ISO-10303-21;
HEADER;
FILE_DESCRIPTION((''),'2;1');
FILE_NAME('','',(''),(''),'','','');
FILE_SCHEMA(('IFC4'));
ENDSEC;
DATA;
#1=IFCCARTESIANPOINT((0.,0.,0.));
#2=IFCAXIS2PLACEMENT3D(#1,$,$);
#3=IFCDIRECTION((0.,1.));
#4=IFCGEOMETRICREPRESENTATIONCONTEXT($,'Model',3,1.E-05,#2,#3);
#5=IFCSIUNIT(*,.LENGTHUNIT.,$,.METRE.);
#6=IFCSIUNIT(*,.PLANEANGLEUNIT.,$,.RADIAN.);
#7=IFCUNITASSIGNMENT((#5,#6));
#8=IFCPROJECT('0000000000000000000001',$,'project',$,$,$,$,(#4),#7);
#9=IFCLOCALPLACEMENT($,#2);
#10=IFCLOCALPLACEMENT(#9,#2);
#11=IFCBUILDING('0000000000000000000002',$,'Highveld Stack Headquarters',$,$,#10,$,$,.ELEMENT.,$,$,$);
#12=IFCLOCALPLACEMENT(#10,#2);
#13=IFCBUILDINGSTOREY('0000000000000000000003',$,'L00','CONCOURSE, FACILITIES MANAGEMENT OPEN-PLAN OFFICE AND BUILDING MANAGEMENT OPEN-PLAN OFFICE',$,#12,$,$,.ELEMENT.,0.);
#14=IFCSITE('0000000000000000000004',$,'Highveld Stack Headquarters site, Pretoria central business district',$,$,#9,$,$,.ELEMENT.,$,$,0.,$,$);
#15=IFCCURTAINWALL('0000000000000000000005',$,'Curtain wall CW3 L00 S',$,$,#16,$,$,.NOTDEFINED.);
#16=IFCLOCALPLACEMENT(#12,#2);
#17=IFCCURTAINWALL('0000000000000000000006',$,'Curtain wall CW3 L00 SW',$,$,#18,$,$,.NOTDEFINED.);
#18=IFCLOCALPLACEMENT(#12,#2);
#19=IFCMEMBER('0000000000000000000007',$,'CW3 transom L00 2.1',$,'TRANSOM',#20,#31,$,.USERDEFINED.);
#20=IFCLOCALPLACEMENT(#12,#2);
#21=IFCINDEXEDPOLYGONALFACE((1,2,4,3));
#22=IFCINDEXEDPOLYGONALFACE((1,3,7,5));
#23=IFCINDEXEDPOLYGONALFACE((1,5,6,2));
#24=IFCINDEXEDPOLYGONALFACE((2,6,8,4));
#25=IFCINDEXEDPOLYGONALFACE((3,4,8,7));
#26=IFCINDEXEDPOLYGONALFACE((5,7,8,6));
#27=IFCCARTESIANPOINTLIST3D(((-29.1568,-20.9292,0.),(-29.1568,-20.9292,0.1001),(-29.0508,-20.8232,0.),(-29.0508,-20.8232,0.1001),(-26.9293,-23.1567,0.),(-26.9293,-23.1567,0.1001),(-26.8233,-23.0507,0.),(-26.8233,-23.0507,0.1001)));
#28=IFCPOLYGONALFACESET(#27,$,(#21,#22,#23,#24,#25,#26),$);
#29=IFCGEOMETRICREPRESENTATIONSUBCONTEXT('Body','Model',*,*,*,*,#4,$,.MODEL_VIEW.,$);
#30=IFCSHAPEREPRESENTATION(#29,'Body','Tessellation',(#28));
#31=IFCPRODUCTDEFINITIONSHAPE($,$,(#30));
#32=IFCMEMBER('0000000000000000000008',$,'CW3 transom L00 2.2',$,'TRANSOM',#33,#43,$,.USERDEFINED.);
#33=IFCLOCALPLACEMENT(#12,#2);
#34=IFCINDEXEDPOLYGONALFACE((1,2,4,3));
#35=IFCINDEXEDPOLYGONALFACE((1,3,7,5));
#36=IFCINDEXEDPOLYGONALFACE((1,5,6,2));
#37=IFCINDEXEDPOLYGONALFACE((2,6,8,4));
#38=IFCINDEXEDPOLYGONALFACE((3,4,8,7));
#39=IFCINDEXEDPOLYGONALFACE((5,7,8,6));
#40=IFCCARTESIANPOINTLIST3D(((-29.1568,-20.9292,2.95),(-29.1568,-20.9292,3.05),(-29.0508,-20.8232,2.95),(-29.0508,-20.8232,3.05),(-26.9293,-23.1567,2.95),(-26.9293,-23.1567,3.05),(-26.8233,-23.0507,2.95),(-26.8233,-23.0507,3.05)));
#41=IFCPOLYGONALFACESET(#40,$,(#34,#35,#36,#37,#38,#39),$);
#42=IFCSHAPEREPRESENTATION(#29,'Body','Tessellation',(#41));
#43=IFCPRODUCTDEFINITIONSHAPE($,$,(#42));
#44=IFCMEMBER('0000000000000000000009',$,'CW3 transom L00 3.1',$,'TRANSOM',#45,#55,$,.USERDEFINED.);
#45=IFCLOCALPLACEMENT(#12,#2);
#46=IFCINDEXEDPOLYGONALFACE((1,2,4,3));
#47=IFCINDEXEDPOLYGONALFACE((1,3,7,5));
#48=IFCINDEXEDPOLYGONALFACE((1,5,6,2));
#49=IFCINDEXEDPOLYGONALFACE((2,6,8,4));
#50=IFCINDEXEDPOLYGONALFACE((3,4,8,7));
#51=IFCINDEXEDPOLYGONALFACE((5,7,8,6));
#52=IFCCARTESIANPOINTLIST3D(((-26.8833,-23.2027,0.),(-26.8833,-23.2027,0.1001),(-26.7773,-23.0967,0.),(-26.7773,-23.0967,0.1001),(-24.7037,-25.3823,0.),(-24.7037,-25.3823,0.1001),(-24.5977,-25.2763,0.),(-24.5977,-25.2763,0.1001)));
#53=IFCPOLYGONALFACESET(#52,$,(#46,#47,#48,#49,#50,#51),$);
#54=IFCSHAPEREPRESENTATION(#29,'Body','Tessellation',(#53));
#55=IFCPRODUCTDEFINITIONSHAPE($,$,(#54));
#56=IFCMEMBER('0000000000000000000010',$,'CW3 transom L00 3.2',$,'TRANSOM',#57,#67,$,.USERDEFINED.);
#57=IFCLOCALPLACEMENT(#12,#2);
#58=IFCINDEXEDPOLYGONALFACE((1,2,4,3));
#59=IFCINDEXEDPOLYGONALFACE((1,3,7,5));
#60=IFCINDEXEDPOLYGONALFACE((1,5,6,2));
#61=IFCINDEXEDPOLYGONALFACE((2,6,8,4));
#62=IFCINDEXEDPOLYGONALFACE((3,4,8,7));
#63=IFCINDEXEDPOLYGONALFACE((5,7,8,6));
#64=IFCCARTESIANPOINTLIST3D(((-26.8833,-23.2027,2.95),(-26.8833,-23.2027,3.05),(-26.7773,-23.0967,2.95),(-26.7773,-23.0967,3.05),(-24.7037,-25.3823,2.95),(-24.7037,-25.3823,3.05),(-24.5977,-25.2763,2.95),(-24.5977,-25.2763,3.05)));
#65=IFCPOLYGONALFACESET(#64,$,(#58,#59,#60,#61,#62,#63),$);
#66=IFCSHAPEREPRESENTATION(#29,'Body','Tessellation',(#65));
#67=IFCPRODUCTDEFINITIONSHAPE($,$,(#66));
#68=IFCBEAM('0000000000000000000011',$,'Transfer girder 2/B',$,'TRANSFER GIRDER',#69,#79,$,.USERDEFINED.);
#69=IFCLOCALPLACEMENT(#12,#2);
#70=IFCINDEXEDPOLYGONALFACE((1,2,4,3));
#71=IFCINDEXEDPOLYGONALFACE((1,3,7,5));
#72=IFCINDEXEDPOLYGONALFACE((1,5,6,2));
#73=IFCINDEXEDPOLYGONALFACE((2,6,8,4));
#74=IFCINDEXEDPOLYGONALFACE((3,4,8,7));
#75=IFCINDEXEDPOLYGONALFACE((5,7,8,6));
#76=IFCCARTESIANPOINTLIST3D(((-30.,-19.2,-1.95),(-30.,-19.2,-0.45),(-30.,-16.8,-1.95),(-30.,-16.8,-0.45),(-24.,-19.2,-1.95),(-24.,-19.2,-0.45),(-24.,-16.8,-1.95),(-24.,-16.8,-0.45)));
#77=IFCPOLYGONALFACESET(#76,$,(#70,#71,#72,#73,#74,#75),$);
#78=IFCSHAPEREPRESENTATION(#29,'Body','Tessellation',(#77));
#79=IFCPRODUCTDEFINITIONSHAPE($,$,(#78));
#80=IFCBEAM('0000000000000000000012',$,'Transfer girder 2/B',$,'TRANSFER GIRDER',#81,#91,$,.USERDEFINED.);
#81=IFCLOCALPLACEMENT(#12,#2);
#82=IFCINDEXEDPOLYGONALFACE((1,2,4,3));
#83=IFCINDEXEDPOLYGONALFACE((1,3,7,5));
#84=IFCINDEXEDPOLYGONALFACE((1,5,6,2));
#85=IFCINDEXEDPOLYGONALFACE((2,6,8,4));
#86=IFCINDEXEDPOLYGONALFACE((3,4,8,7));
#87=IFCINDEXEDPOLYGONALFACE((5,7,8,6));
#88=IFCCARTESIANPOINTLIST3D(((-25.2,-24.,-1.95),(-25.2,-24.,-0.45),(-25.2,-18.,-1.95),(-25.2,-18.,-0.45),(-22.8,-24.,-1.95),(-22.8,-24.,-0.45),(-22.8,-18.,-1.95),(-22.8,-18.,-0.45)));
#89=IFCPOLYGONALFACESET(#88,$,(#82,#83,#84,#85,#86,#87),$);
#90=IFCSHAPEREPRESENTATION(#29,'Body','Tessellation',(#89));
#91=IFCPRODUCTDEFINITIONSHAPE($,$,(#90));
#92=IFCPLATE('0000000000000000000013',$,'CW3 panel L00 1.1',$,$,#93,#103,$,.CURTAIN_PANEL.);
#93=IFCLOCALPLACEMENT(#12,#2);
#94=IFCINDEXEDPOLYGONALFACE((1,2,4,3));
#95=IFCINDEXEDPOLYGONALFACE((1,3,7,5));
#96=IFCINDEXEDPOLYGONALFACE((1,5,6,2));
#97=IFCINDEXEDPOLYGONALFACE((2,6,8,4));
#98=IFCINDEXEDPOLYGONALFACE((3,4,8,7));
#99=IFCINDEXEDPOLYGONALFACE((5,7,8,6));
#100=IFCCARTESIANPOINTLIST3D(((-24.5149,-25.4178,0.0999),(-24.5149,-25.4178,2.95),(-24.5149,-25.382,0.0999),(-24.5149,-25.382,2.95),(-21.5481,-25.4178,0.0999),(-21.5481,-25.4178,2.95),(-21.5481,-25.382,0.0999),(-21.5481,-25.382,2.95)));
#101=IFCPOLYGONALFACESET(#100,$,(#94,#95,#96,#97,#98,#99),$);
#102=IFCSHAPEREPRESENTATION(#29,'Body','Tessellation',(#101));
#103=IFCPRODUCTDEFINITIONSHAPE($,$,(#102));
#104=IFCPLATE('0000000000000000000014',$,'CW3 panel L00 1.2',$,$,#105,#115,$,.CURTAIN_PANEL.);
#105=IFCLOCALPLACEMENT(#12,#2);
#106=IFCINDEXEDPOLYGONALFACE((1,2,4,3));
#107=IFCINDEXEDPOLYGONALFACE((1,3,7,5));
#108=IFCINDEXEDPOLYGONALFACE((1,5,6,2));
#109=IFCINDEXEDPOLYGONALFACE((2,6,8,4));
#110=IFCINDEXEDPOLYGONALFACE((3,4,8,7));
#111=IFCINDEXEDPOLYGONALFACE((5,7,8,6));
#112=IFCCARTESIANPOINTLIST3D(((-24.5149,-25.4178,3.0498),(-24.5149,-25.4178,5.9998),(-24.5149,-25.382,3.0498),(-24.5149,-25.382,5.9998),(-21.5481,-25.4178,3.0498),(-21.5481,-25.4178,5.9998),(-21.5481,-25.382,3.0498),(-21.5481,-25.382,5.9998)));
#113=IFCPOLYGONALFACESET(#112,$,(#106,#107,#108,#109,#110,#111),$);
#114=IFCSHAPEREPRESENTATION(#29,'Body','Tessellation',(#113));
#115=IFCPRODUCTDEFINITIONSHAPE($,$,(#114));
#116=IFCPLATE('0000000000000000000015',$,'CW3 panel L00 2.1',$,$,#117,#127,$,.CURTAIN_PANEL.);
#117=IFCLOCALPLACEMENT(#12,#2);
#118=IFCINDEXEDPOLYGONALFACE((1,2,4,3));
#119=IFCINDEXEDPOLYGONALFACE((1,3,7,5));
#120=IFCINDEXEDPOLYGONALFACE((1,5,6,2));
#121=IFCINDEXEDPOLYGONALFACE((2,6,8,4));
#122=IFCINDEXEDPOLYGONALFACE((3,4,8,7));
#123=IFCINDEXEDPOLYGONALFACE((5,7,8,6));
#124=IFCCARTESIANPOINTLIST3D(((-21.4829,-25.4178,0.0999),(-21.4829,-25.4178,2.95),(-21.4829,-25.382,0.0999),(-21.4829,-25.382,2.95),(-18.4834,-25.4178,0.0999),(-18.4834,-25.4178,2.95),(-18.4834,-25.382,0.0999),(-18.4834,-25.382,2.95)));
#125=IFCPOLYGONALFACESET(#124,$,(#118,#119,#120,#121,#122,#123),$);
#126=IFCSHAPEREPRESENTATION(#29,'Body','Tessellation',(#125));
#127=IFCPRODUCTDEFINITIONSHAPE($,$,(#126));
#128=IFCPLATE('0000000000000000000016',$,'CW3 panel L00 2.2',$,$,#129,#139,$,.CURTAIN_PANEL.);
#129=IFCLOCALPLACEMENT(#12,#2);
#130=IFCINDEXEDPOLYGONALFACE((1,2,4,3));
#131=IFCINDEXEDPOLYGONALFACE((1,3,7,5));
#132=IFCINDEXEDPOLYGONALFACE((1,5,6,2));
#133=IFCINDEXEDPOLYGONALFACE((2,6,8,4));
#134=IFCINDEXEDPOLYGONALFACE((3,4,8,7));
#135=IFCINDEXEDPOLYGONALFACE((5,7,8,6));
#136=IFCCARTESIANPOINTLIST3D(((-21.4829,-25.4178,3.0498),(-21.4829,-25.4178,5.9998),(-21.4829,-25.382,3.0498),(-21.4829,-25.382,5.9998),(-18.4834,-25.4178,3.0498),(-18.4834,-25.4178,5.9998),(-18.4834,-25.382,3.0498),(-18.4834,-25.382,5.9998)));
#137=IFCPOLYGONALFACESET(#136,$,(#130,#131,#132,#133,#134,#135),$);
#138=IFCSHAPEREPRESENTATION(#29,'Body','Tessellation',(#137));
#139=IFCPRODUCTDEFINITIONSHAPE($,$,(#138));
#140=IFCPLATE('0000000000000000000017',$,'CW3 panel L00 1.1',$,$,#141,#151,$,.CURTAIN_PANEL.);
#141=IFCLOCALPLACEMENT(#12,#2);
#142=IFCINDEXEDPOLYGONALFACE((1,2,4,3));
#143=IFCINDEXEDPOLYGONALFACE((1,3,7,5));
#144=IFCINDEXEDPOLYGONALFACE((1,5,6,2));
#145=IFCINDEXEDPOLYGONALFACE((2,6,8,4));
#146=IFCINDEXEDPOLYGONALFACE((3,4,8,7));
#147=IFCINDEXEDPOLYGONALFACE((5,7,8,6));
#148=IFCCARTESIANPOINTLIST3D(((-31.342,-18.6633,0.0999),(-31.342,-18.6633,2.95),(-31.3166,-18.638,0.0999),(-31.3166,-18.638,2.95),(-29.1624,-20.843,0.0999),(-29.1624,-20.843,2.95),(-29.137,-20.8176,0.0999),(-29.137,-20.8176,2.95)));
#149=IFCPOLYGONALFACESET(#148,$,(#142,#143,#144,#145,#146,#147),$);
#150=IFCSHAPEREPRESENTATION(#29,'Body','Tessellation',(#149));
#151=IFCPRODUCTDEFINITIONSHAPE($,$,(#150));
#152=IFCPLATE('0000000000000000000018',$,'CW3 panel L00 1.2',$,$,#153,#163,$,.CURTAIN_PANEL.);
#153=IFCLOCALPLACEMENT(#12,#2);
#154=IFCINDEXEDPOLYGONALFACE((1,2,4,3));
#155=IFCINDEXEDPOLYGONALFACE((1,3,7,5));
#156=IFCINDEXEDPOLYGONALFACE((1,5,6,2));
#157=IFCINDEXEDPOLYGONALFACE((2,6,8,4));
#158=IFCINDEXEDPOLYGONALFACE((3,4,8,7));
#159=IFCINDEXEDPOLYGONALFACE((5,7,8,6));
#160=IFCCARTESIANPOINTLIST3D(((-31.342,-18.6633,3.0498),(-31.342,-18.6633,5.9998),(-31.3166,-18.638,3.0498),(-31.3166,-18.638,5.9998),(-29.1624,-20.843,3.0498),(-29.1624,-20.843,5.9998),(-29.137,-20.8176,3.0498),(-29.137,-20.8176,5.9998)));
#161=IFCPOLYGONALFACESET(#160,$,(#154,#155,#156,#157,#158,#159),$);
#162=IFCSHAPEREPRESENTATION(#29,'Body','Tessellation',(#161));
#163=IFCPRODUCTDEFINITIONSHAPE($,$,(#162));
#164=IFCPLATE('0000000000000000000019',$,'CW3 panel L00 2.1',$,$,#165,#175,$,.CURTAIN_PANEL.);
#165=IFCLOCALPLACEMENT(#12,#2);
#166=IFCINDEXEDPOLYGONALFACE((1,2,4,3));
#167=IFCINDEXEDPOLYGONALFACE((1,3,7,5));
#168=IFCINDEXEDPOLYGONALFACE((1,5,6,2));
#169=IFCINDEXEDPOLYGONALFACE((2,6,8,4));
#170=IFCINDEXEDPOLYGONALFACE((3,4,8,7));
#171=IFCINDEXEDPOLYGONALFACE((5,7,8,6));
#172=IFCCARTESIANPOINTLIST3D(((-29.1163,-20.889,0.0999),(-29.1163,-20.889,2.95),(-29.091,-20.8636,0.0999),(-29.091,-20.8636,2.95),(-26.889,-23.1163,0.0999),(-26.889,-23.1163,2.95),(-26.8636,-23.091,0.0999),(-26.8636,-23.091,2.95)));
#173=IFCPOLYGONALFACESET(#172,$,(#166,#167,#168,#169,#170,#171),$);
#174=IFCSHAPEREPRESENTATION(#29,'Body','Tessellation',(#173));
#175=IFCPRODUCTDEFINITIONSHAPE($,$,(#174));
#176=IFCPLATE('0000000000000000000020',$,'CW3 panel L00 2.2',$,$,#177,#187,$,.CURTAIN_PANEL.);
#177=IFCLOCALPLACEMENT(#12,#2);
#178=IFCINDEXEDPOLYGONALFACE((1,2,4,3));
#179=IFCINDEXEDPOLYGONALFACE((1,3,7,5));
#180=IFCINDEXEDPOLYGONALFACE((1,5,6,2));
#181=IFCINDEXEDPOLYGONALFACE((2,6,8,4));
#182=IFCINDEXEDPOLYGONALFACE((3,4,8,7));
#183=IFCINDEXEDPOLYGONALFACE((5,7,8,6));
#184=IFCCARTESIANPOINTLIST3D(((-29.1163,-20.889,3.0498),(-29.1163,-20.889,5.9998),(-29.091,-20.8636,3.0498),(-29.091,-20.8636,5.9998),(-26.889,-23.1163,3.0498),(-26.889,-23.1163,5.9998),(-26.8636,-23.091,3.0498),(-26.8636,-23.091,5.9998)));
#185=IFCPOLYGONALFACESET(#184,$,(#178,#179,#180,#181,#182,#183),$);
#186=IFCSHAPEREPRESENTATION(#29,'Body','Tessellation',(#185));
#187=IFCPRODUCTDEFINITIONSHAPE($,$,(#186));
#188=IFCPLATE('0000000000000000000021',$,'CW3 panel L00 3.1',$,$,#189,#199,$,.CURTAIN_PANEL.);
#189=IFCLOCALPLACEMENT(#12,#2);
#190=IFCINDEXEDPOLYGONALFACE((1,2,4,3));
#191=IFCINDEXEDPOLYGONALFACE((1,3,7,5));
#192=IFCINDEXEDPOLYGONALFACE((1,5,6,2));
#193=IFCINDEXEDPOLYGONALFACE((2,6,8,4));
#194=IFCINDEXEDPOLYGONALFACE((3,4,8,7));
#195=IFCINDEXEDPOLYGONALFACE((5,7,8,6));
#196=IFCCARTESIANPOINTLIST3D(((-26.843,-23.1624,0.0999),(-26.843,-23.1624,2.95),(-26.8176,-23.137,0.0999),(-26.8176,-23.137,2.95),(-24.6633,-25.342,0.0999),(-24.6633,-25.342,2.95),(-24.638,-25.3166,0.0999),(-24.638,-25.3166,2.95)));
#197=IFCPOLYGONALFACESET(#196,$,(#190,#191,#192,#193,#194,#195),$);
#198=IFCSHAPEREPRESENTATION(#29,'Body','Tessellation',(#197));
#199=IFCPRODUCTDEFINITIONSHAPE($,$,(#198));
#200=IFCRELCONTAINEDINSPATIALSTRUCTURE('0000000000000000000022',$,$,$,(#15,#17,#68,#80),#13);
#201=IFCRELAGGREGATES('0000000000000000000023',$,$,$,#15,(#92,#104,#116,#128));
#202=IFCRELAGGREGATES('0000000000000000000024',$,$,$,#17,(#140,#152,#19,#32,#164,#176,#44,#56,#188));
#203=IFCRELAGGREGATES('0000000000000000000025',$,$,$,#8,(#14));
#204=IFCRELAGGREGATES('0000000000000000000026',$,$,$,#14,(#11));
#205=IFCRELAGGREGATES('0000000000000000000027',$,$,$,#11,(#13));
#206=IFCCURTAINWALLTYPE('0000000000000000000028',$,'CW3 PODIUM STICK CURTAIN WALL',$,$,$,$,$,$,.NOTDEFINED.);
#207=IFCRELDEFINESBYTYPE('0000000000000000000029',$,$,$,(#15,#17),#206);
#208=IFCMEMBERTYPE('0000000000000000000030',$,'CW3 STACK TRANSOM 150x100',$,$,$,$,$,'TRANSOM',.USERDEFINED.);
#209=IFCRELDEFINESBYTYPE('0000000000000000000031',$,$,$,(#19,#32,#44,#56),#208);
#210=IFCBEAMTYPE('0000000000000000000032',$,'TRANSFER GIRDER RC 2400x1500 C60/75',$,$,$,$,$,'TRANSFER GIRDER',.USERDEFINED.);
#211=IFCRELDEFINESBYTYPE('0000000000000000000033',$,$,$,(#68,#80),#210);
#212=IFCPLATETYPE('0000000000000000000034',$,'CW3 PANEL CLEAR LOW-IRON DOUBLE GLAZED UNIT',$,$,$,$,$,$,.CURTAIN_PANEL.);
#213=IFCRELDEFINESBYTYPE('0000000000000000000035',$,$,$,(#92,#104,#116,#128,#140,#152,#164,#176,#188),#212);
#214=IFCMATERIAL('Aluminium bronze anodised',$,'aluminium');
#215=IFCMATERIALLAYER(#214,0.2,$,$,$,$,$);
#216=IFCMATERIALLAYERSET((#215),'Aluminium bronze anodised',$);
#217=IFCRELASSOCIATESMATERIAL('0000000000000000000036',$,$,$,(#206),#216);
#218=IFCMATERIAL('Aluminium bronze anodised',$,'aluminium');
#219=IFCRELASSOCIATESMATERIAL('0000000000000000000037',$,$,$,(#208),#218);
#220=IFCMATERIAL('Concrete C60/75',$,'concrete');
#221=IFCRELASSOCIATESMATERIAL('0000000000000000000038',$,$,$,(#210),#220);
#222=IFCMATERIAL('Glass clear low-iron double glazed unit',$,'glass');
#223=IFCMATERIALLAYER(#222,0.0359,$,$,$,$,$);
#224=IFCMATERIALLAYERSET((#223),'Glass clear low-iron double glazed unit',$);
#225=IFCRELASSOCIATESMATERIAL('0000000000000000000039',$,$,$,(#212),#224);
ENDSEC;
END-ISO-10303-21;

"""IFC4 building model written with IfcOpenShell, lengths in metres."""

from ifc_helpers import new_model, si_unit, direction, frame, origin, origin_2d, place, context, subcontext, project, spatial, rectangle, extrude, material, layer, layer_set, material_profile, profile_set, type_object, element, aggregate, save


model = new_model("IFC4")

# Units and contexts
model_context = context("Model", 3, precision=1e-05, world=origin(), true_north=direction((0.0, 1.0)))
body_context = subcontext(model_context, "Body", "Model", "MODEL_VIEW")
ifc_project = project(units=[si_unit("LENGTHUNIT", "METRE"), si_unit("PLANEANGLEUNIT", "RADIAN")], contexts=[model_context])

# Site, building, storey
site_placement = place(None, origin())
site = spatial("IfcSite", under=ifc_project, at=site_placement, Name="Highveld Stack Headquarters site, Pretoria central business district", CompositionType="ELEMENT", RefElevation=0.0)
building_placement = place(site_placement, origin())
building = spatial("IfcBuilding", under=site, at=building_placement, Name="Highveld Stack Headquarters", CompositionType="ELEMENT")
storey_placement = place(building_placement, origin())
storey = spatial("IfcBuildingStorey", under=building, at=storey_placement, Name="L00", Description="CONCOURSE, FACILITIES MANAGEMENT OPEN-PLAN OFFICE AND BUILDING MANAGEMENT OPEN-PLAN OFFICE", CompositionType="ELEMENT", Elevation=0.0)

# Curtain walls
ifc_material_1 = material(Name="Aluminium bronze anodised", Category="aluminium")
ifc_layer_1 = layer(ifc_material_1, 0.2)
ifc_layer_set_1 = layer_set([ifc_layer_1], Name="Aluminium bronze anodised")
curtain_wall_type = type_object("IfcCurtainWallType", Name="CW3 PODIUM STICK CURTAIN WALL", PredefinedType="NOTDEFINED", material=ifc_layer_set_1)
curtain_wall_1_placement = place(storey_placement, origin())
curtain_wall_1 = element("IfcCurtainWall", 1, at=curtain_wall_1_placement, inside=storey, type_object=curtain_wall_type, Name="Curtain wall CW3 L00 S", PredefinedType="NOTDEFINED")
curtain_wall_2_placement = place(storey_placement, origin())
curtain_wall_2 = element("IfcCurtainWall", 2, at=curtain_wall_2_placement, inside=storey, type_object=curtain_wall_type, Name="Curtain wall CW3 L00 SW", PredefinedType="NOTDEFINED")

# Members
ifc_material_2 = material(Name="Aluminium bronze anodised", Category="aluminium")
ifc_material_profile_1 = material_profile(ifc_material_2, rectangle(XDim=0.1499, YDim=0.1001, at=origin_2d()), Name="CW3 TRANSOM 150x100")
ifc_profile_set_1 = profile_set([ifc_material_profile_1], Name="Aluminium bronze anodised")
member_type_1 = type_object("IfcMemberType", Name="CW3 STACK TRANSOM 150x100", ElementType="TRANSOM", PredefinedType="USERDEFINED", material=ifc_profile_set_1)
member_1_placement = place(storey_placement, frame((-29.1038, -20.8762, 0.05), z_axis=(0.707107, -0.707107, 0.0), x_axis=(0.707107, 0.707107, 0.0)))
member_1 = element("IfcMember", 3, at=member_1_placement, type_object=member_type_1, Name="CW3 transom L00 2.1", ObjectType="TRANSOM", PredefinedType="USERDEFINED", context=body_context, shape_type="SweptSolid", body=[
    extrude(rectangle(XDim=0.1499, YDim=0.1001, at=origin_2d()), origin(), (0.0, 0.0, 1.0), 3.1501),
])
member_2_placement = place(storey_placement, frame((-29.1038, -20.8762, 3.0), z_axis=(0.707107, -0.707107, 0.0), x_axis=(0.707107, 0.707107, 0.0)))
member_2 = element("IfcMember", 4, at=member_2_placement, type_object=member_type_1, Name="CW3 transom L00 2.2", ObjectType="TRANSOM", PredefinedType="USERDEFINED", context=body_context, shape_type="SweptSolid", body=[
    extrude(rectangle(XDim=0.1499, YDim=0.1001, at=origin_2d()), origin(), (0.0, 0.0, 1.0), 3.1501),
])
member_3_placement = place(storey_placement, frame((-26.8303, -23.1497, 0.05), z_axis=(0.707107, -0.707107, 0.0), x_axis=(0.707107, 0.707107, 0.0)))
member_3 = element("IfcMember", 5, at=member_3_placement, type_object=member_type_1, Name="CW3 transom L00 3.1", ObjectType="TRANSOM", PredefinedType="USERDEFINED", context=body_context, shape_type="SweptSolid", body=[
    extrude(rectangle(XDim=0.1499, YDim=0.1001, at=origin_2d()), origin(), (0.0, 0.0, 1.0), 3.0825),
])
member_4_placement = place(storey_placement, frame((-26.8303, -23.1497, 3.0), z_axis=(0.707107, -0.707107, 0.0), x_axis=(0.707107, 0.707107, 0.0)))
member_4 = element("IfcMember", 6, at=member_4_placement, type_object=member_type_1, Name="CW3 transom L00 3.2", ObjectType="TRANSOM", PredefinedType="USERDEFINED", context=body_context, shape_type="SweptSolid", body=[
    extrude(rectangle(XDim=0.1499, YDim=0.1001, at=origin_2d()), origin(), (0.0, 0.0, 1.0), 3.0825),
])

# Beams
ifc_material_3 = material(Name="Concrete C60/75", Category="concrete")
ifc_material_profile_2 = material_profile(ifc_material_3, rectangle(XDim=2.3999, YDim=1.5, at=origin_2d()), Name="RC 2400x1500")
ifc_profile_set_2 = profile_set([ifc_material_profile_2], Name="Concrete C60/75")
beam_type = type_object("IfcBeamType", Name="TRANSFER GIRDER RC 2400x1500 C60/75", ElementType="TRANSFER GIRDER", PredefinedType="USERDEFINED", material=ifc_profile_set_2)
for number, where, z_axis, x_axis, name in (
    (7, (-24.0, -18.0, -1.2), (-1.0, 0.0, 0.0), (0.0, -1.0, 0.0), "Transfer girder 2/B"),
    (8, (-24.0, -18.0, -1.2), (0.0, -1.0, 0.0), (1.0, 0.0, 0.0), "Transfer girder 2/B"),
):
    element("IfcBeam", number, at=place(storey_placement, frame(where, z_axis=z_axis, x_axis=x_axis)), inside=storey, type_object=beam_type, Name=name, ObjectType="TRANSFER GIRDER", PredefinedType="USERDEFINED", context=body_context, shape_type="SweptSolid", body=[
        extrude(rectangle(XDim=2.3999, YDim=1.5, at=origin_2d()), origin(), (0.0, 0.0, 1.0), 6.0),
    ])

# Plates
ifc_material_4 = material(Name="Glass clear low-iron double glazed unit", Category="glass")
ifc_layer_2 = layer(ifc_material_4, 0.0359)
ifc_layer_set_2 = layer_set([ifc_layer_2], Name="Glass clear low-iron double glazed unit")
plate_type = type_object("IfcPlateType", Name="CW3 PANEL CLEAR LOW-IRON DOUBLE GLAZED UNIT", PredefinedType="CURTAIN_PANEL", material=ifc_layer_set_2)
plate_1_placement = place(storey_placement, frame((-23.0315, -25.3999, 0.0999), z_axis=(0.0, 0.0, 1.0), x_axis=(1.0, 0.0, 0.0)))
plate_1 = element("IfcPlate", 9, at=plate_1_placement, type_object=plate_type, Name="CW3 panel L00 1.1", PredefinedType="CURTAIN_PANEL", context=body_context, shape_type="SweptSolid", body=[
    extrude(rectangle(XDim=2.9668, YDim=0.0359, at=origin_2d()), origin(), (0.0, 0.0, 1.0), 2.8501),
])
plate_2_placement = place(storey_placement, frame((-23.0315, -25.3999, 3.0498), z_axis=(0.0, 0.0, 1.0), x_axis=(1.0, 0.0, 0.0)))
plate_2 = element("IfcPlate", 10, at=plate_2_placement, type_object=plate_type, Name="CW3 panel L00 1.2", PredefinedType="CURTAIN_PANEL", context=body_context, shape_type="SweptSolid", body=[
    extrude(rectangle(XDim=2.9668, YDim=0.0359, at=origin_2d()), origin(), (0.0, 0.0, 1.0), 2.95),
])
plate_3_placement = place(storey_placement, frame((-19.9832, -25.3999, 0.0999), z_axis=(0.0, 0.0, 1.0), x_axis=(1.0, 0.0, 0.0)))
plate_3 = element("IfcPlate", 11, at=plate_3_placement, type_object=plate_type, Name="CW3 panel L00 2.1", PredefinedType="CURTAIN_PANEL", context=body_context, shape_type="SweptSolid", body=[
    extrude(rectangle(XDim=2.9995, YDim=0.0359, at=origin_2d()), origin(), (0.0, 0.0, 1.0), 2.8501),
])
plate_4_placement = place(storey_placement, frame((-19.9832, -25.3999, 3.0498), z_axis=(0.0, 0.0, 1.0), x_axis=(1.0, 0.0, 0.0)))
plate_4 = element("IfcPlate", 12, at=plate_4_placement, type_object=plate_type, Name="CW3 panel L00 2.2", PredefinedType="CURTAIN_PANEL", context=body_context, shape_type="SweptSolid", body=[
    extrude(rectangle(XDim=2.9995, YDim=0.0359, at=origin_2d()), origin(), (0.0, 0.0, 1.0), 2.95),
])
aggregate(curtain_wall_1, [plate_1, plate_2, plate_3, plate_4])
plate_5_placement = place(storey_placement, frame((-30.2395, -19.7405, 0.0999), z_axis=(0.0, 0.0, 1.0), x_axis=(0.707107, -0.707107, 0.0)))
plate_5 = element("IfcPlate", 13, at=plate_5_placement, type_object=plate_type, Name="CW3 panel L00 1.1", PredefinedType="CURTAIN_PANEL", context=body_context, shape_type="SweptSolid", body=[
    extrude(rectangle(XDim=3.0825, YDim=0.0359, at=origin_2d()), origin(), (0.0, 0.0, 1.0), 2.8501),
])
plate_6_placement = place(storey_placement, frame((-30.2395, -19.7405, 3.0498), z_axis=(0.0, 0.0, 1.0), x_axis=(0.707107, -0.707107, 0.0)))
plate_6 = element("IfcPlate", 14, at=plate_6_placement, type_object=plate_type, Name="CW3 panel L00 1.2", PredefinedType="CURTAIN_PANEL", context=body_context, shape_type="SweptSolid", body=[
    extrude(rectangle(XDim=3.0825, YDim=0.0359, at=origin_2d()), origin(), (0.0, 0.0, 1.0), 2.95),
])
plate_7_placement = place(storey_placement, frame((-27.99, -21.99, 0.0999), z_axis=(0.0, 0.0, 1.0), x_axis=(0.707107, -0.707107, 0.0)))
plate_7 = element("IfcPlate", 15, at=plate_7_placement, type_object=plate_type, Name="CW3 panel L00 2.1", PredefinedType="CURTAIN_PANEL", context=body_context, shape_type="SweptSolid", body=[
    extrude(rectangle(XDim=3.1499, YDim=0.0359, at=origin_2d()), origin(), (0.0, 0.0, 1.0), 2.8501),
])
plate_8_placement = place(storey_placement, frame((-27.99, -21.99, 3.0498), z_axis=(0.0, 0.0, 1.0), x_axis=(0.707107, -0.707107, 0.0)))
plate_8 = element("IfcPlate", 16, at=plate_8_placement, type_object=plate_type, Name="CW3 panel L00 2.2", PredefinedType="CURTAIN_PANEL", context=body_context, shape_type="SweptSolid", body=[
    extrude(rectangle(XDim=3.1499, YDim=0.0359, at=origin_2d()), origin(), (0.0, 0.0, 1.0), 2.95),
])
plate_9_placement = place(storey_placement, frame((-25.7405, -24.2395, 0.0999), z_axis=(0.0, 0.0, 1.0), x_axis=(0.707107, -0.707107, 0.0)))
plate_9 = element("IfcPlate", 17, at=plate_9_placement, type_object=plate_type, Name="CW3 panel L00 3.1", PredefinedType="CURTAIN_PANEL", context=body_context, shape_type="SweptSolid", body=[
    extrude(rectangle(XDim=3.0825, YDim=0.0359, at=origin_2d()), origin(), (0.0, 0.0, 1.0), 2.8501),
])
aggregate(curtain_wall_2, [plate_5, plate_6, member_1, member_2, plate_7, plate_8, member_3, member_4, plate_9])

save(model, "model.ifc")
